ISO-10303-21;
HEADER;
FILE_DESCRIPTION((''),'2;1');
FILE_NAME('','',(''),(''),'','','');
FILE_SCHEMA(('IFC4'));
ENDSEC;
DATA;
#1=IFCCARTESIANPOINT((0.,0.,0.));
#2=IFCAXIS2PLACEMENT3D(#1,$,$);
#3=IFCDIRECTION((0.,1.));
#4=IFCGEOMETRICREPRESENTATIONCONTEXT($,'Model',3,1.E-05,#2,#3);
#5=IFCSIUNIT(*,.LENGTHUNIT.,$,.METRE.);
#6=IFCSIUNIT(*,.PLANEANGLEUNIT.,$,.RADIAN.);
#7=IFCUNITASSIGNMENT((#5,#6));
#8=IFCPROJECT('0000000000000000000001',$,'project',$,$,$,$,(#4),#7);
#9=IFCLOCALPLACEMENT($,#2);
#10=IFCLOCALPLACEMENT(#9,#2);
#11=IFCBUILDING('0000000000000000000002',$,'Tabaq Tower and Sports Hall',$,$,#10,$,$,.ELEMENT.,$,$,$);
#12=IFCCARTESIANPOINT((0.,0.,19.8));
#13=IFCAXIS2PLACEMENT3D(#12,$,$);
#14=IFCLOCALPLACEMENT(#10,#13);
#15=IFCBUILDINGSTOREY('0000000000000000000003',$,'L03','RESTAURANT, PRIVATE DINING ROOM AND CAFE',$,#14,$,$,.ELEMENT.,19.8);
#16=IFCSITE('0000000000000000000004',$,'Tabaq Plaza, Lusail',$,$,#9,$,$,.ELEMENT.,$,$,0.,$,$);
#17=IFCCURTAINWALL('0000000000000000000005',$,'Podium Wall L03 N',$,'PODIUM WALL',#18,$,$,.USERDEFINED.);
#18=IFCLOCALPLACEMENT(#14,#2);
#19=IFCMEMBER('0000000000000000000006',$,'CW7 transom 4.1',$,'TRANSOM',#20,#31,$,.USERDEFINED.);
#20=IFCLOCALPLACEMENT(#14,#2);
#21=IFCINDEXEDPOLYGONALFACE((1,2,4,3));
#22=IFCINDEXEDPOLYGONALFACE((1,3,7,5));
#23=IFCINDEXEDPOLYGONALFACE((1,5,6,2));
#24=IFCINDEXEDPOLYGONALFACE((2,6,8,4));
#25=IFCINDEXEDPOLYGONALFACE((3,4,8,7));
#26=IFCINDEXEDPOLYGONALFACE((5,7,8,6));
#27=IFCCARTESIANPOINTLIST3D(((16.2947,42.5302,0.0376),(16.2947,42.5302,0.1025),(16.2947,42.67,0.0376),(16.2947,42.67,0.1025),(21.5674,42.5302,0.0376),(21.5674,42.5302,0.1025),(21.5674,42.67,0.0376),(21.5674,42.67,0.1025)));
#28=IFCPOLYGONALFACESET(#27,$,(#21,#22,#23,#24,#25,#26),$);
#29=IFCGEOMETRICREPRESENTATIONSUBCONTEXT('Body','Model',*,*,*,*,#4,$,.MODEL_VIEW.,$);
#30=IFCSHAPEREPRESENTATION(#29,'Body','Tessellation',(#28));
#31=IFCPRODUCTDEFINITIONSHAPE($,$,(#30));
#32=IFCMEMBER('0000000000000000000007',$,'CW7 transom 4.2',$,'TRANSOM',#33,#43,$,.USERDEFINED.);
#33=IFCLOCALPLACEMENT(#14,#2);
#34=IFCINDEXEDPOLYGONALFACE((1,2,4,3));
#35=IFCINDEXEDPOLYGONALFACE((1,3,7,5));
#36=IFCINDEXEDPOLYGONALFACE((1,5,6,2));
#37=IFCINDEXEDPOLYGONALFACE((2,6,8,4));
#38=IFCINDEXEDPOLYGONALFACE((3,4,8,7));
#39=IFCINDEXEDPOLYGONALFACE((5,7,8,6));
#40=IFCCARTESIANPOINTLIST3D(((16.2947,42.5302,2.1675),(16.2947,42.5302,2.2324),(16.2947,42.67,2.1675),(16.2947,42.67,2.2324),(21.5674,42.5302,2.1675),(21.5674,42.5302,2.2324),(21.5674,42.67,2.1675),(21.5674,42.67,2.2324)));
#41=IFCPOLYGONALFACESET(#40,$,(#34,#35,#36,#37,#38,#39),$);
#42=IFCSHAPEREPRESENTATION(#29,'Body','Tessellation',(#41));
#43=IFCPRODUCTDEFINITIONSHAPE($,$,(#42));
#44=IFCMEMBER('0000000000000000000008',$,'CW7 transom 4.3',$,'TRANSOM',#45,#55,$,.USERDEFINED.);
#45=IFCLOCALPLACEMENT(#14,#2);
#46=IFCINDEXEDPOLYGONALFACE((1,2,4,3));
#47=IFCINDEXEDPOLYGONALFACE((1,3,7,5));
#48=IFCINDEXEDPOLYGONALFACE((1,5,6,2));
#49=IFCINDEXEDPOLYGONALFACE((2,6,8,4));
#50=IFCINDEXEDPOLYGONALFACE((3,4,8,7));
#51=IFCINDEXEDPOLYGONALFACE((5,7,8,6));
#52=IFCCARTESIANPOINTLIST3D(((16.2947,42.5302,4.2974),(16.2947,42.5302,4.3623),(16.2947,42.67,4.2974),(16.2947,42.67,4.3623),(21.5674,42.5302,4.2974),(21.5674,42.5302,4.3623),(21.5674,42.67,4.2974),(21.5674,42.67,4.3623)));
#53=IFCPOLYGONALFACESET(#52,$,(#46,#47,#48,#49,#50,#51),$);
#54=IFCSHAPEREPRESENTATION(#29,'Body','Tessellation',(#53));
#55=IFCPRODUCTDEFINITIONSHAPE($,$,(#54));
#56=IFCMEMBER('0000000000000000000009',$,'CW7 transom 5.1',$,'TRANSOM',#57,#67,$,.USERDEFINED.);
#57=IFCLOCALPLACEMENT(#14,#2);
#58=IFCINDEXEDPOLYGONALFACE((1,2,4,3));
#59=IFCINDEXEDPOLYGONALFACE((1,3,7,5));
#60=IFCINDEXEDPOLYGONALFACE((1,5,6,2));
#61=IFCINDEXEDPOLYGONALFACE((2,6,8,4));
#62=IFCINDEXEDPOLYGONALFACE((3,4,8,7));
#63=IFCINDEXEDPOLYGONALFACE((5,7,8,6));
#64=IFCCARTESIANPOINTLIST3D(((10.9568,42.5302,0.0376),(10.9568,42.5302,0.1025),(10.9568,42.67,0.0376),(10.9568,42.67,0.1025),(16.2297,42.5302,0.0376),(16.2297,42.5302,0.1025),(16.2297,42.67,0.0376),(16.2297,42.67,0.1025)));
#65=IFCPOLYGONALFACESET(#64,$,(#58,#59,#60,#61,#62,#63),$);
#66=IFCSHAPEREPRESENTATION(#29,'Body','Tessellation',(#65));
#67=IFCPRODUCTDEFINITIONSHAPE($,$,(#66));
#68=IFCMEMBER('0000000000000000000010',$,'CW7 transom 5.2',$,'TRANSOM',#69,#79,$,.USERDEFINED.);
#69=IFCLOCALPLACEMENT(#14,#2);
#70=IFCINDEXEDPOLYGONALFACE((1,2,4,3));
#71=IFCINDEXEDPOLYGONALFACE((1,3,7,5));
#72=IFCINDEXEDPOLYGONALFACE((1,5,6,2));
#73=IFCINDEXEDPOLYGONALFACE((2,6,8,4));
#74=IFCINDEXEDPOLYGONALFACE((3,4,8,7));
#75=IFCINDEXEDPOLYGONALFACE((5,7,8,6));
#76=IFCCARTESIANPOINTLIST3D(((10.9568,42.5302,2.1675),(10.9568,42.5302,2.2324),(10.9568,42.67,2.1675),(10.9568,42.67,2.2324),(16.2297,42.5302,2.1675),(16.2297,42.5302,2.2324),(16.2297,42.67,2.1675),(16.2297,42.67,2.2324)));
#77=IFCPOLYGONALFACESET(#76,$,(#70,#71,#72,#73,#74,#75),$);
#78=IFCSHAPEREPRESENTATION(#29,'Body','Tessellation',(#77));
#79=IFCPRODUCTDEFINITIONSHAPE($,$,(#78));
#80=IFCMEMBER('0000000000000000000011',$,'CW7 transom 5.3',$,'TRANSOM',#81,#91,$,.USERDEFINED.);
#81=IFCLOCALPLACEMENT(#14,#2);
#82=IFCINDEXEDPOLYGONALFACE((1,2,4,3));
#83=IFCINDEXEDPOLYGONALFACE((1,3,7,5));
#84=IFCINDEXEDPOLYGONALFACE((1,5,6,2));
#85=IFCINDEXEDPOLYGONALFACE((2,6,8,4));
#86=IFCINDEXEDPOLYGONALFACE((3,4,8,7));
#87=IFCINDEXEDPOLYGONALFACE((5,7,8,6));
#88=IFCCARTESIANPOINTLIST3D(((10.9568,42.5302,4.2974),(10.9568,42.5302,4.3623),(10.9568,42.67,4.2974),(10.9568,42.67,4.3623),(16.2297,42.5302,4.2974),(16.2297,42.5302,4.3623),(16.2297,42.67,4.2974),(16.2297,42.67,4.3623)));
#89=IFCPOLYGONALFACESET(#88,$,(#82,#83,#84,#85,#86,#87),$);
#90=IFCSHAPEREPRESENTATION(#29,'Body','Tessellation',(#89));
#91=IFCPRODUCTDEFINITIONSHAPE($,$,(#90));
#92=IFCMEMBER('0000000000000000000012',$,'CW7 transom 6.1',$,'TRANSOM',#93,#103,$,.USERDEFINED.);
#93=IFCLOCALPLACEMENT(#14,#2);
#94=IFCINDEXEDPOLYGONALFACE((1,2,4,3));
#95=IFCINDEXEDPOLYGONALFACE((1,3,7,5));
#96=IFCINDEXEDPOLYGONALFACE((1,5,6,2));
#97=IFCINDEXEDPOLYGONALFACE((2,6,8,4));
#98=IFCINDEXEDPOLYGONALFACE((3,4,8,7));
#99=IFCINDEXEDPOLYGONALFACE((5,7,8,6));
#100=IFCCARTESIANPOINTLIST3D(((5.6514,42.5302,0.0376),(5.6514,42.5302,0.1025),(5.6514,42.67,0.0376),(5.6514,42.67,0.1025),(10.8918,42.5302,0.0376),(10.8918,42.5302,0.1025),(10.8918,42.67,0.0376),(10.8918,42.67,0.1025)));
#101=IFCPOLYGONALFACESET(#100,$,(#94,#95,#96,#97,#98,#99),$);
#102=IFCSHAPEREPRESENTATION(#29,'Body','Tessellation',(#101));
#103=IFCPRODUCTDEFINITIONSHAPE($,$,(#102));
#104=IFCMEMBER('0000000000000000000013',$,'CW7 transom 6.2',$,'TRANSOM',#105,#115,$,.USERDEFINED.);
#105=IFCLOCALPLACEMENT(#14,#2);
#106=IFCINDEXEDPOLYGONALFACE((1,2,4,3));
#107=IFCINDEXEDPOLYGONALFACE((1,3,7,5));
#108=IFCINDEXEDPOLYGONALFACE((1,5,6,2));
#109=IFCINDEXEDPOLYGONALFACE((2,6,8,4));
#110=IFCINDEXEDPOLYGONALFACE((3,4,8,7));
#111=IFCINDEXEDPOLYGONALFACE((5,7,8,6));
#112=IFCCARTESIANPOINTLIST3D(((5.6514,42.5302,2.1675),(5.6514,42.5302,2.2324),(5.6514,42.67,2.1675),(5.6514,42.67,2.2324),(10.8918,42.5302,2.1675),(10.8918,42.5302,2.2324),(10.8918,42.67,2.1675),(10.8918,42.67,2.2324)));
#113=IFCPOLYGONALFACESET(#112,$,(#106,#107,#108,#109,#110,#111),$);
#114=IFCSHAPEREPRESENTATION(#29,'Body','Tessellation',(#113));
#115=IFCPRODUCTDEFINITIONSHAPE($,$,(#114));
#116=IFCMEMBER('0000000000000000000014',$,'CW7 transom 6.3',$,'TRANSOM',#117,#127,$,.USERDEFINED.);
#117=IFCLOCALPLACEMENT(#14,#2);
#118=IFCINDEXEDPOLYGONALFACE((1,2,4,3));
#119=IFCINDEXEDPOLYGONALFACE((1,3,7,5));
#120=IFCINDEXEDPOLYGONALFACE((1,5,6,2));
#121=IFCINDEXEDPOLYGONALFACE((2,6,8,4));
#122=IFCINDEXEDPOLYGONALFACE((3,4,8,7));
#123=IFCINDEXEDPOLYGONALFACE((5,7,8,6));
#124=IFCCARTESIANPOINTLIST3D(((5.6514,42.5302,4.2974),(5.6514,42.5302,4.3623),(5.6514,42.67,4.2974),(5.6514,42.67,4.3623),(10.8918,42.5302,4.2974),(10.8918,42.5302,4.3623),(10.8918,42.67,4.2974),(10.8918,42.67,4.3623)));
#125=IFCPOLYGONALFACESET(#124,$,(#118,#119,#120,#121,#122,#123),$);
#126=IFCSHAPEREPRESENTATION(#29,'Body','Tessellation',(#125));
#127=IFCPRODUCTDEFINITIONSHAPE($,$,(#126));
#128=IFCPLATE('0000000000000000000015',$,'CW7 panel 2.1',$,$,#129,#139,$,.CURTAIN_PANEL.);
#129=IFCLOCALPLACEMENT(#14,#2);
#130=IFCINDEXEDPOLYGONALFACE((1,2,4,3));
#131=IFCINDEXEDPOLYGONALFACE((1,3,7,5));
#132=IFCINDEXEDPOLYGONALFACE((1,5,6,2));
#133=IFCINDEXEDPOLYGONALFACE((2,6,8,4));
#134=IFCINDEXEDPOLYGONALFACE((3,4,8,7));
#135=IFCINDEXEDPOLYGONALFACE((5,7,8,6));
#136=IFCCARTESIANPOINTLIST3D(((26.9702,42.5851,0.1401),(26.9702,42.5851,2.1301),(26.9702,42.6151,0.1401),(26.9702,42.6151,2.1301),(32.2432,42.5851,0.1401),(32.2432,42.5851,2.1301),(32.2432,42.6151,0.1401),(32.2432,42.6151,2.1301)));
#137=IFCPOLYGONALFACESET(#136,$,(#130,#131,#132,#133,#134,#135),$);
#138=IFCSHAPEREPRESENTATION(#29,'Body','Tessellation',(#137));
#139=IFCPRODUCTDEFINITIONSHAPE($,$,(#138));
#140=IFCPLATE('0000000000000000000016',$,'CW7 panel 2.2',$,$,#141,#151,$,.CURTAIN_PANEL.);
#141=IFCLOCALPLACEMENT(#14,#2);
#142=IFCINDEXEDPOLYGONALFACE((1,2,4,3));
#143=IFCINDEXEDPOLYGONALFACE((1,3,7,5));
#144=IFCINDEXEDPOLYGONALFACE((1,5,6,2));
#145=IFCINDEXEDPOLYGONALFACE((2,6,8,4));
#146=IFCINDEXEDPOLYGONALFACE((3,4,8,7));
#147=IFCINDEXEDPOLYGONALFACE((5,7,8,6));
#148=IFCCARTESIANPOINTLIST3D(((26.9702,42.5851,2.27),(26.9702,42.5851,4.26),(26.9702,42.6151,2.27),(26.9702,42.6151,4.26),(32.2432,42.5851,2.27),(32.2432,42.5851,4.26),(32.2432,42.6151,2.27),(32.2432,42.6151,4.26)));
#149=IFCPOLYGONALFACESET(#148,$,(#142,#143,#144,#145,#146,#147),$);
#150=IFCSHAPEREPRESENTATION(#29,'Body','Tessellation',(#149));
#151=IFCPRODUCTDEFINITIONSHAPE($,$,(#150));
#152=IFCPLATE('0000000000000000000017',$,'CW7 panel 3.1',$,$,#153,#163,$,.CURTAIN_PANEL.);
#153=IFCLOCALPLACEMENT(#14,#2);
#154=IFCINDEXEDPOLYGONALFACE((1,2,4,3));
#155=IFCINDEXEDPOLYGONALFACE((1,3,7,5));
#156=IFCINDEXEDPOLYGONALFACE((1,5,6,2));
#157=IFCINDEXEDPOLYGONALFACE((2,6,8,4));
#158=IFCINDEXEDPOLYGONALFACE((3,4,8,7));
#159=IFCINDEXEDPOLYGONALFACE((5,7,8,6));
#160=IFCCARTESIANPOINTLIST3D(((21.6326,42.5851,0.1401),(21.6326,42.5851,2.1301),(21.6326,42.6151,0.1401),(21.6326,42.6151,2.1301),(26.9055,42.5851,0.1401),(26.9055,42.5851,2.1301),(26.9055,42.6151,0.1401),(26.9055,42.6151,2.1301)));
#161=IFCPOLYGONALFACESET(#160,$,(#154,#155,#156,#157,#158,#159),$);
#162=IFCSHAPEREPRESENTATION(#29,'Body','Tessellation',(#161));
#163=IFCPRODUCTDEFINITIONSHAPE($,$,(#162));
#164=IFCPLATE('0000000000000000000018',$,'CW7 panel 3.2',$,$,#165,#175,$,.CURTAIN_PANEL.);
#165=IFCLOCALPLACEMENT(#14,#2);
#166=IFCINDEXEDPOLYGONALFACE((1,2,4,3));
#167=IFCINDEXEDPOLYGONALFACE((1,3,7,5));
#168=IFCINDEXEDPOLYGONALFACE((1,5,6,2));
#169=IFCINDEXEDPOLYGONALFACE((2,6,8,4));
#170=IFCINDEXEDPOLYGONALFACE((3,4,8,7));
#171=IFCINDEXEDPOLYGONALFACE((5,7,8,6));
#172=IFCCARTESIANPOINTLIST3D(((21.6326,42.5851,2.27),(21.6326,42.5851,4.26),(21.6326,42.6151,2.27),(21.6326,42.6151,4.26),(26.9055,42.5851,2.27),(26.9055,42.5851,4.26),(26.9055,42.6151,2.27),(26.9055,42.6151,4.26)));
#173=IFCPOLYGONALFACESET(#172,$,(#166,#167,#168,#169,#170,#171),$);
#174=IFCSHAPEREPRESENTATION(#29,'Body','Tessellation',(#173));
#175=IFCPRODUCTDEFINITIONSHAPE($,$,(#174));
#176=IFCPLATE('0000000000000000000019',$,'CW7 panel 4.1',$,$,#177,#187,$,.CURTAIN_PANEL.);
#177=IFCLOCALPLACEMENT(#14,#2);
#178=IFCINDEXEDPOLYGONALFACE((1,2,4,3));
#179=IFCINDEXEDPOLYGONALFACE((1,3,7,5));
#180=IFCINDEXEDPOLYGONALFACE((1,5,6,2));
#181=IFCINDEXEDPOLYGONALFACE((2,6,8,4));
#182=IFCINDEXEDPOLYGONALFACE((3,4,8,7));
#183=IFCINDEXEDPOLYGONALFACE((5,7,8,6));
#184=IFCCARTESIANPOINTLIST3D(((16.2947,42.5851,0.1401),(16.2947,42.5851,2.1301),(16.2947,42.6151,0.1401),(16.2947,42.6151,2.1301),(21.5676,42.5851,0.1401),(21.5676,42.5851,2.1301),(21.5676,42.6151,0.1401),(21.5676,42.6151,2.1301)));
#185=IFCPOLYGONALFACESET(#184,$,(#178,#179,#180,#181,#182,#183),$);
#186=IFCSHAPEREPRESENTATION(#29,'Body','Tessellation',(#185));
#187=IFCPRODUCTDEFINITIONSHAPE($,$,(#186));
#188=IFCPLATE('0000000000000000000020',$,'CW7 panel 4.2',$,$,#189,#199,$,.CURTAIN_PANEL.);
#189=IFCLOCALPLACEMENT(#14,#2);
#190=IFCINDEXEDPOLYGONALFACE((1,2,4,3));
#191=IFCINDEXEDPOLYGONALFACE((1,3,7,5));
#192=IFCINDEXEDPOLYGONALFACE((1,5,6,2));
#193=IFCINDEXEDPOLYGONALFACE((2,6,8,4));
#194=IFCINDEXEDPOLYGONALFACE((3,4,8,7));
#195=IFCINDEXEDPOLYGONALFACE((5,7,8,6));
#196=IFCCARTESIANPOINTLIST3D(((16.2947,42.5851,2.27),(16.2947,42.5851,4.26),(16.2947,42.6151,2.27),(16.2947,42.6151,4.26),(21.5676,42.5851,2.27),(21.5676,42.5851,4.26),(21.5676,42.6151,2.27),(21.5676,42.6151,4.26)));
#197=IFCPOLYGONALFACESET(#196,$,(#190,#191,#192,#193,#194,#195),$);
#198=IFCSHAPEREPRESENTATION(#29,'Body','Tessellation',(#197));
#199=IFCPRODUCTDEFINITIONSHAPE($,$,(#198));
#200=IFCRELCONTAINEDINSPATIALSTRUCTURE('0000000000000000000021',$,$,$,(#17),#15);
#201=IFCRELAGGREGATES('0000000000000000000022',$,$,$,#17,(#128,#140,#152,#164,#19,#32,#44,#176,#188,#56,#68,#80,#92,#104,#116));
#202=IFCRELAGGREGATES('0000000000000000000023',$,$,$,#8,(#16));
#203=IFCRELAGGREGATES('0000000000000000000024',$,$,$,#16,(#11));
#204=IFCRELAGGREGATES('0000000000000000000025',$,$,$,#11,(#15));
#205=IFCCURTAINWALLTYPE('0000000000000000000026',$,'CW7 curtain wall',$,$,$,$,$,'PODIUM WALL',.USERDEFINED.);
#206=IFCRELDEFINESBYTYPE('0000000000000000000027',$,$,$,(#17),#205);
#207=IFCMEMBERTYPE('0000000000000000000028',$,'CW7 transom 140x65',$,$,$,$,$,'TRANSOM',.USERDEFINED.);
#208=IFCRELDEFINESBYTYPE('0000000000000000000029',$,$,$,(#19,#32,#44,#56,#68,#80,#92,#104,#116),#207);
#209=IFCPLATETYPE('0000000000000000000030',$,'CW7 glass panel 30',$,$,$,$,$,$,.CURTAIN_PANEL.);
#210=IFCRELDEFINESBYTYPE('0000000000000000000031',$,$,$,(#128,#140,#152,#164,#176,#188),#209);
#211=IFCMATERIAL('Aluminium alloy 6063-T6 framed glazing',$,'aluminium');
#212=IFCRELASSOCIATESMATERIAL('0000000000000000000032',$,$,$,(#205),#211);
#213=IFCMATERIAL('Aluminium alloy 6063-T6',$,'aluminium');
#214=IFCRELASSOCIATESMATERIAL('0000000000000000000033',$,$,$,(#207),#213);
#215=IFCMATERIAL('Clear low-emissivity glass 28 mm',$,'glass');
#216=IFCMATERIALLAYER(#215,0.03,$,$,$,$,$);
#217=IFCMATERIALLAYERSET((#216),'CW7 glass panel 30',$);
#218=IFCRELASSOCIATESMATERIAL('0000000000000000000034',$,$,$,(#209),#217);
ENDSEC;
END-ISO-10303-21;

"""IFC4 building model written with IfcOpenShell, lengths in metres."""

from ifc_helpers import new_model, si_unit, direction, frame, origin, origin_2d, place, context, subcontext, project, spatial, rectangle, extrude, material, layer, layer_set, material_profile, profile_set, type_object, element, aggregate, save


model = new_model("IFC4")

# Units and contexts
model_context = context("Model", 3, precision=1e-05, world=origin(), true_north=direction((0.0, 1.0)))
body_context = subcontext(model_context, "Body", "Model", "MODEL_VIEW")
ifc_project = project(units=[si_unit("LENGTHUNIT", "METRE"), si_unit("PLANEANGLEUNIT", "RADIAN")], contexts=[model_context])

# Site, building, storey
site_placement = place(None, origin())
site = spatial("IfcSite", under=ifc_project, at=site_placement, Name="Tabaq Plaza, Lusail", CompositionType="ELEMENT", RefElevation=0.0)
building_placement = place(site_placement, origin())
building = spatial("IfcBuilding", under=site, at=building_placement, Name="Tabaq Tower and Sports Hall", CompositionType="ELEMENT")
storey_placement = place(building_placement, frame((0.0, 0.0, 19.8)))
storey = spatial("IfcBuildingStorey", under=building, at=storey_placement, Name="L03", Description="RESTAURANT, PRIVATE DINING ROOM AND CAFE", CompositionType="ELEMENT", Elevation=19.8)

# Curtain wall, members, plates
ifc_material_1 = material(Name="Aluminium alloy 6063-T6 framed glazing", Category="aluminium")
curtain_wall_type = type_object("IfcCurtainWallType", Name="CW7 curtain wall", ElementType="PODIUM WALL", PredefinedType="USERDEFINED", material=ifc_material_1)
curtain_wall_placement = place(storey_placement, origin())
curtain_wall = element("IfcCurtainWall", 1, at=curtain_wall_placement, inside=storey, type_object=curtain_wall_type, Name="Podium Wall L03 N", ObjectType="PODIUM WALL", PredefinedType="USERDEFINED")
ifc_material_2 = material(Name="Aluminium alloy 6063-T6", Category="aluminium")
ifc_material_profile_1 = material_profile(ifc_material_2, rectangle(XDim=0.1399, YDim=0.0649, at=origin_2d()), Name="TRANSOM 140x65")
ifc_profile_set_1 = profile_set([ifc_material_profile_1], Name="Aluminium alloy 6063-T6")
member_type_1 = type_object("IfcMemberType", Name="CW7 transom 140x65", ElementType="TRANSOM", PredefinedType="USERDEFINED", material=ifc_profile_set_1)
member_1_placement = place(storey_placement, frame((21.5674, 42.6001, 0.0701), z_axis=(-1.0, 0.0, 0.0), x_axis=(0.0, -1.0, 0.0)))
member_1 = element("IfcMember", 2, at=member_1_placement, type_object=member_type_1, Name="CW7 transom 4.1", ObjectType="TRANSOM", PredefinedType="USERDEFINED", context=body_context, shape_type="SweptSolid", body=[
    extrude(rectangle(XDim=0.1399, YDim=0.0649, at=origin_2d()), origin(), (0.0, 0.0, 1.0), 5.2727),
])
member_2_placement = place(storey_placement, frame((21.5674, 42.6001, 2.2), z_axis=(-1.0, 0.0, 0.0), x_axis=(0.0, -1.0, 0.0)))
member_2 = element("IfcMember", 3, at=member_2_placement, type_object=member_type_1, Name="CW7 transom 4.2", ObjectType="TRANSOM", PredefinedType="USERDEFINED", context=body_context, shape_type="SweptSolid", body=[
    extrude(rectangle(XDim=0.1399, YDim=0.0649, at=origin_2d()), origin(), (0.0, 0.0, 1.0), 5.2727),
])
member_3_placement = place(storey_placement, frame((21.5674, 42.6001, 4.3298), z_axis=(-1.0, 0.0, 0.0), x_axis=(0.0, -1.0, 0.0)))
member_3 = element("IfcMember", 4, at=member_3_placement, type_object=member_type_1, Name="CW7 transom 4.3", ObjectType="TRANSOM", PredefinedType="USERDEFINED", context=body_context, shape_type="SweptSolid", body=[
    extrude(rectangle(XDim=0.1399, YDim=0.0649, at=origin_2d()), origin(), (0.0, 0.0, 1.0), 5.2727),
])
member_4_placement = place(storey_placement, frame((16.2297, 42.6001, 0.0701), z_axis=(-1.0, 0.0, 0.0), x_axis=(0.0, -1.0, 0.0)))
member_4 = element("IfcMember", 5, at=member_4_placement, type_object=member_type_1, Name="CW7 transom 5.1", ObjectType="TRANSOM", PredefinedType="USERDEFINED", context=body_context, shape_type="SweptSolid", body=[
    extrude(rectangle(XDim=0.1399, YDim=0.0649, at=origin_2d()), origin(), (0.0, 0.0, 1.0), 5.2729),
])
member_5_placement = place(storey_placement, frame((16.2297, 42.6001, 2.2), z_axis=(-1.0, 0.0, 0.0), x_axis=(0.0, -1.0, 0.0)))
member_5 = element("IfcMember", 6, at=member_5_placement, type_object=member_type_1, Name="CW7 transom 5.2", ObjectType="TRANSOM", PredefinedType="USERDEFINED", context=body_context, shape_type="SweptSolid", body=[
    extrude(rectangle(XDim=0.1399, YDim=0.0649, at=origin_2d()), origin(), (0.0, 0.0, 1.0), 5.2729),
])
member_6_placement = place(storey_placement, frame((16.2297, 42.6001, 4.3298), z_axis=(-1.0, 0.0, 0.0), x_axis=(0.0, -1.0, 0.0)))
member_6 = element("IfcMember", 7, at=member_6_placement, type_object=member_type_1, Name="CW7 transom 5.3", ObjectType="TRANSOM", PredefinedType="USERDEFINED", context=body_context, shape_type="SweptSolid", body=[
    extrude(rectangle(XDim=0.1399, YDim=0.0649, at=origin_2d()), origin(), (0.0, 0.0, 1.0), 5.2729),
])
member_7_placement = place(storey_placement, frame((10.8918, 42.6001, 0.0701), z_axis=(-1.0, 0.0, 0.0), x_axis=(0.0, -1.0, 0.0)))
member_7 = element("IfcMember", 8, at=member_7_placement, type_object=member_type_1, Name="CW7 transom 6.1", ObjectType="TRANSOM", PredefinedType="USERDEFINED", context=body_context, shape_type="SweptSolid", body=[
    extrude(rectangle(XDim=0.1399, YDim=0.0649, at=origin_2d()), origin(), (0.0, 0.0, 1.0), 5.2405),
])
member_8_placement = place(storey_placement, frame((10.8918, 42.6001, 2.2), z_axis=(-1.0, 0.0, 0.0), x_axis=(0.0, -1.0, 0.0)))
member_8 = element("IfcMember", 9, at=member_8_placement, type_object=member_type_1, Name="CW7 transom 6.2", ObjectType="TRANSOM", PredefinedType="USERDEFINED", context=body_context, shape_type="SweptSolid", body=[
    extrude(rectangle(XDim=0.1399, YDim=0.0649, at=origin_2d()), origin(), (0.0, 0.0, 1.0), 5.2405),
])
member_9_placement = place(storey_placement, frame((10.8918, 42.6001, 4.3298), z_axis=(-1.0, 0.0, 0.0), x_axis=(0.0, -1.0, 0.0)))
member_9 = element("IfcMember", 10, at=member_9_placement, type_object=member_type_1, Name="CW7 transom 6.3", ObjectType="TRANSOM", PredefinedType="USERDEFINED", context=body_context, shape_type="SweptSolid", body=[
    extrude(rectangle(XDim=0.1399, YDim=0.0649, at=origin_2d()), origin(), (0.0, 0.0, 1.0), 5.2405),
])
ifc_material_3 = material(Name="Clear low-emissivity glass 28 mm", Category="glass")
ifc_layer_1 = layer(ifc_material_3, 0.03)
ifc_layer_set_1 = layer_set([ifc_layer_1], Name="CW7 glass panel 30")
plate_type = type_object("IfcPlateType", Name="CW7 glass panel 30", PredefinedType="CURTAIN_PANEL", material=ifc_layer_set_1)
plate_1_placement = place(storey_placement, frame((29.6067, 42.6001, 0.1401), z_axis=(0.0, 0.0, 1.0), x_axis=(-1.0, 0.0, 0.0)))
plate_1 = element("IfcPlate", 11, at=plate_1_placement, type_object=plate_type, Name="CW7 panel 2.1", PredefinedType="CURTAIN_PANEL", context=body_context, shape_type="SweptSolid", body=[
    extrude(rectangle(XDim=5.2729, YDim=0.03, at=origin_2d()), origin(), (0.0, 0.0, 1.0), 1.99),
])
plate_2_placement = place(storey_placement, frame((29.6067, 42.6001, 2.27), z_axis=(0.0, 0.0, 1.0), x_axis=(-1.0, 0.0, 0.0)))
plate_2 = element("IfcPlate", 12, at=plate_2_placement, type_object=plate_type, Name="CW7 panel 2.2", PredefinedType="CURTAIN_PANEL", context=body_context, shape_type="SweptSolid", body=[
    extrude(rectangle(XDim=5.2729, YDim=0.03, at=origin_2d()), origin(), (0.0, 0.0, 1.0), 1.99),
])
plate_3_placement = place(storey_placement, frame((24.269, 42.6001, 0.1401), z_axis=(0.0, 0.0, 1.0), x_axis=(-1.0, 0.0, 0.0)))
plate_3 = element("IfcPlate", 13, at=plate_3_placement, type_object=plate_type, Name="CW7 panel 3.1", PredefinedType="CURTAIN_PANEL", context=body_context, shape_type="SweptSolid", body=[
    extrude(rectangle(XDim=5.2729, YDim=0.03, at=origin_2d()), origin(), (0.0, 0.0, 1.0), 1.99),
])
plate_4_placement = place(storey_placement, frame((24.269, 42.6001, 2.27), z_axis=(0.0, 0.0, 1.0), x_axis=(-1.0, 0.0, 0.0)))
plate_4 = element("IfcPlate", 14, at=plate_4_placement, type_object=plate_type, Name="CW7 panel 3.2", PredefinedType="CURTAIN_PANEL", context=body_context, shape_type="SweptSolid", body=[
    extrude(rectangle(XDim=5.2729, YDim=0.03, at=origin_2d()), origin(), (0.0, 0.0, 1.0), 1.99),
])
plate_5_placement = place(storey_placement, frame((18.9312, 42.6001, 0.1401), z_axis=(0.0, 0.0, 1.0), x_axis=(-1.0, 0.0, 0.0)))
plate_5 = element("IfcPlate", 15, at=plate_5_placement, type_object=plate_type, Name="CW7 panel 4.1", PredefinedType="CURTAIN_PANEL", context=body_context, shape_type="SweptSolid", body=[
    extrude(rectangle(XDim=5.2729, YDim=0.03, at=origin_2d()), origin(), (0.0, 0.0, 1.0), 1.99),
])
plate_6_placement = place(storey_placement, frame((18.9312, 42.6001, 2.27), z_axis=(0.0, 0.0, 1.0), x_axis=(-1.0, 0.0, 0.0)))
plate_6 = element("IfcPlate", 16, at=plate_6_placement, type_object=plate_type, Name="CW7 panel 4.2", PredefinedType="CURTAIN_PANEL", context=body_context, shape_type="SweptSolid", body=[
    extrude(rectangle(XDim=5.2729, YDim=0.03, at=origin_2d()), origin(), (0.0, 0.0, 1.0), 1.99),
])
aggregate(curtain_wall, [plate_1, plate_2, plate_3, plate_4, member_1, member_2, member_3, plate_5, plate_6, member_4, member_5, member_6, member_7, member_8, member_9])

save(model, "model.ifc")
